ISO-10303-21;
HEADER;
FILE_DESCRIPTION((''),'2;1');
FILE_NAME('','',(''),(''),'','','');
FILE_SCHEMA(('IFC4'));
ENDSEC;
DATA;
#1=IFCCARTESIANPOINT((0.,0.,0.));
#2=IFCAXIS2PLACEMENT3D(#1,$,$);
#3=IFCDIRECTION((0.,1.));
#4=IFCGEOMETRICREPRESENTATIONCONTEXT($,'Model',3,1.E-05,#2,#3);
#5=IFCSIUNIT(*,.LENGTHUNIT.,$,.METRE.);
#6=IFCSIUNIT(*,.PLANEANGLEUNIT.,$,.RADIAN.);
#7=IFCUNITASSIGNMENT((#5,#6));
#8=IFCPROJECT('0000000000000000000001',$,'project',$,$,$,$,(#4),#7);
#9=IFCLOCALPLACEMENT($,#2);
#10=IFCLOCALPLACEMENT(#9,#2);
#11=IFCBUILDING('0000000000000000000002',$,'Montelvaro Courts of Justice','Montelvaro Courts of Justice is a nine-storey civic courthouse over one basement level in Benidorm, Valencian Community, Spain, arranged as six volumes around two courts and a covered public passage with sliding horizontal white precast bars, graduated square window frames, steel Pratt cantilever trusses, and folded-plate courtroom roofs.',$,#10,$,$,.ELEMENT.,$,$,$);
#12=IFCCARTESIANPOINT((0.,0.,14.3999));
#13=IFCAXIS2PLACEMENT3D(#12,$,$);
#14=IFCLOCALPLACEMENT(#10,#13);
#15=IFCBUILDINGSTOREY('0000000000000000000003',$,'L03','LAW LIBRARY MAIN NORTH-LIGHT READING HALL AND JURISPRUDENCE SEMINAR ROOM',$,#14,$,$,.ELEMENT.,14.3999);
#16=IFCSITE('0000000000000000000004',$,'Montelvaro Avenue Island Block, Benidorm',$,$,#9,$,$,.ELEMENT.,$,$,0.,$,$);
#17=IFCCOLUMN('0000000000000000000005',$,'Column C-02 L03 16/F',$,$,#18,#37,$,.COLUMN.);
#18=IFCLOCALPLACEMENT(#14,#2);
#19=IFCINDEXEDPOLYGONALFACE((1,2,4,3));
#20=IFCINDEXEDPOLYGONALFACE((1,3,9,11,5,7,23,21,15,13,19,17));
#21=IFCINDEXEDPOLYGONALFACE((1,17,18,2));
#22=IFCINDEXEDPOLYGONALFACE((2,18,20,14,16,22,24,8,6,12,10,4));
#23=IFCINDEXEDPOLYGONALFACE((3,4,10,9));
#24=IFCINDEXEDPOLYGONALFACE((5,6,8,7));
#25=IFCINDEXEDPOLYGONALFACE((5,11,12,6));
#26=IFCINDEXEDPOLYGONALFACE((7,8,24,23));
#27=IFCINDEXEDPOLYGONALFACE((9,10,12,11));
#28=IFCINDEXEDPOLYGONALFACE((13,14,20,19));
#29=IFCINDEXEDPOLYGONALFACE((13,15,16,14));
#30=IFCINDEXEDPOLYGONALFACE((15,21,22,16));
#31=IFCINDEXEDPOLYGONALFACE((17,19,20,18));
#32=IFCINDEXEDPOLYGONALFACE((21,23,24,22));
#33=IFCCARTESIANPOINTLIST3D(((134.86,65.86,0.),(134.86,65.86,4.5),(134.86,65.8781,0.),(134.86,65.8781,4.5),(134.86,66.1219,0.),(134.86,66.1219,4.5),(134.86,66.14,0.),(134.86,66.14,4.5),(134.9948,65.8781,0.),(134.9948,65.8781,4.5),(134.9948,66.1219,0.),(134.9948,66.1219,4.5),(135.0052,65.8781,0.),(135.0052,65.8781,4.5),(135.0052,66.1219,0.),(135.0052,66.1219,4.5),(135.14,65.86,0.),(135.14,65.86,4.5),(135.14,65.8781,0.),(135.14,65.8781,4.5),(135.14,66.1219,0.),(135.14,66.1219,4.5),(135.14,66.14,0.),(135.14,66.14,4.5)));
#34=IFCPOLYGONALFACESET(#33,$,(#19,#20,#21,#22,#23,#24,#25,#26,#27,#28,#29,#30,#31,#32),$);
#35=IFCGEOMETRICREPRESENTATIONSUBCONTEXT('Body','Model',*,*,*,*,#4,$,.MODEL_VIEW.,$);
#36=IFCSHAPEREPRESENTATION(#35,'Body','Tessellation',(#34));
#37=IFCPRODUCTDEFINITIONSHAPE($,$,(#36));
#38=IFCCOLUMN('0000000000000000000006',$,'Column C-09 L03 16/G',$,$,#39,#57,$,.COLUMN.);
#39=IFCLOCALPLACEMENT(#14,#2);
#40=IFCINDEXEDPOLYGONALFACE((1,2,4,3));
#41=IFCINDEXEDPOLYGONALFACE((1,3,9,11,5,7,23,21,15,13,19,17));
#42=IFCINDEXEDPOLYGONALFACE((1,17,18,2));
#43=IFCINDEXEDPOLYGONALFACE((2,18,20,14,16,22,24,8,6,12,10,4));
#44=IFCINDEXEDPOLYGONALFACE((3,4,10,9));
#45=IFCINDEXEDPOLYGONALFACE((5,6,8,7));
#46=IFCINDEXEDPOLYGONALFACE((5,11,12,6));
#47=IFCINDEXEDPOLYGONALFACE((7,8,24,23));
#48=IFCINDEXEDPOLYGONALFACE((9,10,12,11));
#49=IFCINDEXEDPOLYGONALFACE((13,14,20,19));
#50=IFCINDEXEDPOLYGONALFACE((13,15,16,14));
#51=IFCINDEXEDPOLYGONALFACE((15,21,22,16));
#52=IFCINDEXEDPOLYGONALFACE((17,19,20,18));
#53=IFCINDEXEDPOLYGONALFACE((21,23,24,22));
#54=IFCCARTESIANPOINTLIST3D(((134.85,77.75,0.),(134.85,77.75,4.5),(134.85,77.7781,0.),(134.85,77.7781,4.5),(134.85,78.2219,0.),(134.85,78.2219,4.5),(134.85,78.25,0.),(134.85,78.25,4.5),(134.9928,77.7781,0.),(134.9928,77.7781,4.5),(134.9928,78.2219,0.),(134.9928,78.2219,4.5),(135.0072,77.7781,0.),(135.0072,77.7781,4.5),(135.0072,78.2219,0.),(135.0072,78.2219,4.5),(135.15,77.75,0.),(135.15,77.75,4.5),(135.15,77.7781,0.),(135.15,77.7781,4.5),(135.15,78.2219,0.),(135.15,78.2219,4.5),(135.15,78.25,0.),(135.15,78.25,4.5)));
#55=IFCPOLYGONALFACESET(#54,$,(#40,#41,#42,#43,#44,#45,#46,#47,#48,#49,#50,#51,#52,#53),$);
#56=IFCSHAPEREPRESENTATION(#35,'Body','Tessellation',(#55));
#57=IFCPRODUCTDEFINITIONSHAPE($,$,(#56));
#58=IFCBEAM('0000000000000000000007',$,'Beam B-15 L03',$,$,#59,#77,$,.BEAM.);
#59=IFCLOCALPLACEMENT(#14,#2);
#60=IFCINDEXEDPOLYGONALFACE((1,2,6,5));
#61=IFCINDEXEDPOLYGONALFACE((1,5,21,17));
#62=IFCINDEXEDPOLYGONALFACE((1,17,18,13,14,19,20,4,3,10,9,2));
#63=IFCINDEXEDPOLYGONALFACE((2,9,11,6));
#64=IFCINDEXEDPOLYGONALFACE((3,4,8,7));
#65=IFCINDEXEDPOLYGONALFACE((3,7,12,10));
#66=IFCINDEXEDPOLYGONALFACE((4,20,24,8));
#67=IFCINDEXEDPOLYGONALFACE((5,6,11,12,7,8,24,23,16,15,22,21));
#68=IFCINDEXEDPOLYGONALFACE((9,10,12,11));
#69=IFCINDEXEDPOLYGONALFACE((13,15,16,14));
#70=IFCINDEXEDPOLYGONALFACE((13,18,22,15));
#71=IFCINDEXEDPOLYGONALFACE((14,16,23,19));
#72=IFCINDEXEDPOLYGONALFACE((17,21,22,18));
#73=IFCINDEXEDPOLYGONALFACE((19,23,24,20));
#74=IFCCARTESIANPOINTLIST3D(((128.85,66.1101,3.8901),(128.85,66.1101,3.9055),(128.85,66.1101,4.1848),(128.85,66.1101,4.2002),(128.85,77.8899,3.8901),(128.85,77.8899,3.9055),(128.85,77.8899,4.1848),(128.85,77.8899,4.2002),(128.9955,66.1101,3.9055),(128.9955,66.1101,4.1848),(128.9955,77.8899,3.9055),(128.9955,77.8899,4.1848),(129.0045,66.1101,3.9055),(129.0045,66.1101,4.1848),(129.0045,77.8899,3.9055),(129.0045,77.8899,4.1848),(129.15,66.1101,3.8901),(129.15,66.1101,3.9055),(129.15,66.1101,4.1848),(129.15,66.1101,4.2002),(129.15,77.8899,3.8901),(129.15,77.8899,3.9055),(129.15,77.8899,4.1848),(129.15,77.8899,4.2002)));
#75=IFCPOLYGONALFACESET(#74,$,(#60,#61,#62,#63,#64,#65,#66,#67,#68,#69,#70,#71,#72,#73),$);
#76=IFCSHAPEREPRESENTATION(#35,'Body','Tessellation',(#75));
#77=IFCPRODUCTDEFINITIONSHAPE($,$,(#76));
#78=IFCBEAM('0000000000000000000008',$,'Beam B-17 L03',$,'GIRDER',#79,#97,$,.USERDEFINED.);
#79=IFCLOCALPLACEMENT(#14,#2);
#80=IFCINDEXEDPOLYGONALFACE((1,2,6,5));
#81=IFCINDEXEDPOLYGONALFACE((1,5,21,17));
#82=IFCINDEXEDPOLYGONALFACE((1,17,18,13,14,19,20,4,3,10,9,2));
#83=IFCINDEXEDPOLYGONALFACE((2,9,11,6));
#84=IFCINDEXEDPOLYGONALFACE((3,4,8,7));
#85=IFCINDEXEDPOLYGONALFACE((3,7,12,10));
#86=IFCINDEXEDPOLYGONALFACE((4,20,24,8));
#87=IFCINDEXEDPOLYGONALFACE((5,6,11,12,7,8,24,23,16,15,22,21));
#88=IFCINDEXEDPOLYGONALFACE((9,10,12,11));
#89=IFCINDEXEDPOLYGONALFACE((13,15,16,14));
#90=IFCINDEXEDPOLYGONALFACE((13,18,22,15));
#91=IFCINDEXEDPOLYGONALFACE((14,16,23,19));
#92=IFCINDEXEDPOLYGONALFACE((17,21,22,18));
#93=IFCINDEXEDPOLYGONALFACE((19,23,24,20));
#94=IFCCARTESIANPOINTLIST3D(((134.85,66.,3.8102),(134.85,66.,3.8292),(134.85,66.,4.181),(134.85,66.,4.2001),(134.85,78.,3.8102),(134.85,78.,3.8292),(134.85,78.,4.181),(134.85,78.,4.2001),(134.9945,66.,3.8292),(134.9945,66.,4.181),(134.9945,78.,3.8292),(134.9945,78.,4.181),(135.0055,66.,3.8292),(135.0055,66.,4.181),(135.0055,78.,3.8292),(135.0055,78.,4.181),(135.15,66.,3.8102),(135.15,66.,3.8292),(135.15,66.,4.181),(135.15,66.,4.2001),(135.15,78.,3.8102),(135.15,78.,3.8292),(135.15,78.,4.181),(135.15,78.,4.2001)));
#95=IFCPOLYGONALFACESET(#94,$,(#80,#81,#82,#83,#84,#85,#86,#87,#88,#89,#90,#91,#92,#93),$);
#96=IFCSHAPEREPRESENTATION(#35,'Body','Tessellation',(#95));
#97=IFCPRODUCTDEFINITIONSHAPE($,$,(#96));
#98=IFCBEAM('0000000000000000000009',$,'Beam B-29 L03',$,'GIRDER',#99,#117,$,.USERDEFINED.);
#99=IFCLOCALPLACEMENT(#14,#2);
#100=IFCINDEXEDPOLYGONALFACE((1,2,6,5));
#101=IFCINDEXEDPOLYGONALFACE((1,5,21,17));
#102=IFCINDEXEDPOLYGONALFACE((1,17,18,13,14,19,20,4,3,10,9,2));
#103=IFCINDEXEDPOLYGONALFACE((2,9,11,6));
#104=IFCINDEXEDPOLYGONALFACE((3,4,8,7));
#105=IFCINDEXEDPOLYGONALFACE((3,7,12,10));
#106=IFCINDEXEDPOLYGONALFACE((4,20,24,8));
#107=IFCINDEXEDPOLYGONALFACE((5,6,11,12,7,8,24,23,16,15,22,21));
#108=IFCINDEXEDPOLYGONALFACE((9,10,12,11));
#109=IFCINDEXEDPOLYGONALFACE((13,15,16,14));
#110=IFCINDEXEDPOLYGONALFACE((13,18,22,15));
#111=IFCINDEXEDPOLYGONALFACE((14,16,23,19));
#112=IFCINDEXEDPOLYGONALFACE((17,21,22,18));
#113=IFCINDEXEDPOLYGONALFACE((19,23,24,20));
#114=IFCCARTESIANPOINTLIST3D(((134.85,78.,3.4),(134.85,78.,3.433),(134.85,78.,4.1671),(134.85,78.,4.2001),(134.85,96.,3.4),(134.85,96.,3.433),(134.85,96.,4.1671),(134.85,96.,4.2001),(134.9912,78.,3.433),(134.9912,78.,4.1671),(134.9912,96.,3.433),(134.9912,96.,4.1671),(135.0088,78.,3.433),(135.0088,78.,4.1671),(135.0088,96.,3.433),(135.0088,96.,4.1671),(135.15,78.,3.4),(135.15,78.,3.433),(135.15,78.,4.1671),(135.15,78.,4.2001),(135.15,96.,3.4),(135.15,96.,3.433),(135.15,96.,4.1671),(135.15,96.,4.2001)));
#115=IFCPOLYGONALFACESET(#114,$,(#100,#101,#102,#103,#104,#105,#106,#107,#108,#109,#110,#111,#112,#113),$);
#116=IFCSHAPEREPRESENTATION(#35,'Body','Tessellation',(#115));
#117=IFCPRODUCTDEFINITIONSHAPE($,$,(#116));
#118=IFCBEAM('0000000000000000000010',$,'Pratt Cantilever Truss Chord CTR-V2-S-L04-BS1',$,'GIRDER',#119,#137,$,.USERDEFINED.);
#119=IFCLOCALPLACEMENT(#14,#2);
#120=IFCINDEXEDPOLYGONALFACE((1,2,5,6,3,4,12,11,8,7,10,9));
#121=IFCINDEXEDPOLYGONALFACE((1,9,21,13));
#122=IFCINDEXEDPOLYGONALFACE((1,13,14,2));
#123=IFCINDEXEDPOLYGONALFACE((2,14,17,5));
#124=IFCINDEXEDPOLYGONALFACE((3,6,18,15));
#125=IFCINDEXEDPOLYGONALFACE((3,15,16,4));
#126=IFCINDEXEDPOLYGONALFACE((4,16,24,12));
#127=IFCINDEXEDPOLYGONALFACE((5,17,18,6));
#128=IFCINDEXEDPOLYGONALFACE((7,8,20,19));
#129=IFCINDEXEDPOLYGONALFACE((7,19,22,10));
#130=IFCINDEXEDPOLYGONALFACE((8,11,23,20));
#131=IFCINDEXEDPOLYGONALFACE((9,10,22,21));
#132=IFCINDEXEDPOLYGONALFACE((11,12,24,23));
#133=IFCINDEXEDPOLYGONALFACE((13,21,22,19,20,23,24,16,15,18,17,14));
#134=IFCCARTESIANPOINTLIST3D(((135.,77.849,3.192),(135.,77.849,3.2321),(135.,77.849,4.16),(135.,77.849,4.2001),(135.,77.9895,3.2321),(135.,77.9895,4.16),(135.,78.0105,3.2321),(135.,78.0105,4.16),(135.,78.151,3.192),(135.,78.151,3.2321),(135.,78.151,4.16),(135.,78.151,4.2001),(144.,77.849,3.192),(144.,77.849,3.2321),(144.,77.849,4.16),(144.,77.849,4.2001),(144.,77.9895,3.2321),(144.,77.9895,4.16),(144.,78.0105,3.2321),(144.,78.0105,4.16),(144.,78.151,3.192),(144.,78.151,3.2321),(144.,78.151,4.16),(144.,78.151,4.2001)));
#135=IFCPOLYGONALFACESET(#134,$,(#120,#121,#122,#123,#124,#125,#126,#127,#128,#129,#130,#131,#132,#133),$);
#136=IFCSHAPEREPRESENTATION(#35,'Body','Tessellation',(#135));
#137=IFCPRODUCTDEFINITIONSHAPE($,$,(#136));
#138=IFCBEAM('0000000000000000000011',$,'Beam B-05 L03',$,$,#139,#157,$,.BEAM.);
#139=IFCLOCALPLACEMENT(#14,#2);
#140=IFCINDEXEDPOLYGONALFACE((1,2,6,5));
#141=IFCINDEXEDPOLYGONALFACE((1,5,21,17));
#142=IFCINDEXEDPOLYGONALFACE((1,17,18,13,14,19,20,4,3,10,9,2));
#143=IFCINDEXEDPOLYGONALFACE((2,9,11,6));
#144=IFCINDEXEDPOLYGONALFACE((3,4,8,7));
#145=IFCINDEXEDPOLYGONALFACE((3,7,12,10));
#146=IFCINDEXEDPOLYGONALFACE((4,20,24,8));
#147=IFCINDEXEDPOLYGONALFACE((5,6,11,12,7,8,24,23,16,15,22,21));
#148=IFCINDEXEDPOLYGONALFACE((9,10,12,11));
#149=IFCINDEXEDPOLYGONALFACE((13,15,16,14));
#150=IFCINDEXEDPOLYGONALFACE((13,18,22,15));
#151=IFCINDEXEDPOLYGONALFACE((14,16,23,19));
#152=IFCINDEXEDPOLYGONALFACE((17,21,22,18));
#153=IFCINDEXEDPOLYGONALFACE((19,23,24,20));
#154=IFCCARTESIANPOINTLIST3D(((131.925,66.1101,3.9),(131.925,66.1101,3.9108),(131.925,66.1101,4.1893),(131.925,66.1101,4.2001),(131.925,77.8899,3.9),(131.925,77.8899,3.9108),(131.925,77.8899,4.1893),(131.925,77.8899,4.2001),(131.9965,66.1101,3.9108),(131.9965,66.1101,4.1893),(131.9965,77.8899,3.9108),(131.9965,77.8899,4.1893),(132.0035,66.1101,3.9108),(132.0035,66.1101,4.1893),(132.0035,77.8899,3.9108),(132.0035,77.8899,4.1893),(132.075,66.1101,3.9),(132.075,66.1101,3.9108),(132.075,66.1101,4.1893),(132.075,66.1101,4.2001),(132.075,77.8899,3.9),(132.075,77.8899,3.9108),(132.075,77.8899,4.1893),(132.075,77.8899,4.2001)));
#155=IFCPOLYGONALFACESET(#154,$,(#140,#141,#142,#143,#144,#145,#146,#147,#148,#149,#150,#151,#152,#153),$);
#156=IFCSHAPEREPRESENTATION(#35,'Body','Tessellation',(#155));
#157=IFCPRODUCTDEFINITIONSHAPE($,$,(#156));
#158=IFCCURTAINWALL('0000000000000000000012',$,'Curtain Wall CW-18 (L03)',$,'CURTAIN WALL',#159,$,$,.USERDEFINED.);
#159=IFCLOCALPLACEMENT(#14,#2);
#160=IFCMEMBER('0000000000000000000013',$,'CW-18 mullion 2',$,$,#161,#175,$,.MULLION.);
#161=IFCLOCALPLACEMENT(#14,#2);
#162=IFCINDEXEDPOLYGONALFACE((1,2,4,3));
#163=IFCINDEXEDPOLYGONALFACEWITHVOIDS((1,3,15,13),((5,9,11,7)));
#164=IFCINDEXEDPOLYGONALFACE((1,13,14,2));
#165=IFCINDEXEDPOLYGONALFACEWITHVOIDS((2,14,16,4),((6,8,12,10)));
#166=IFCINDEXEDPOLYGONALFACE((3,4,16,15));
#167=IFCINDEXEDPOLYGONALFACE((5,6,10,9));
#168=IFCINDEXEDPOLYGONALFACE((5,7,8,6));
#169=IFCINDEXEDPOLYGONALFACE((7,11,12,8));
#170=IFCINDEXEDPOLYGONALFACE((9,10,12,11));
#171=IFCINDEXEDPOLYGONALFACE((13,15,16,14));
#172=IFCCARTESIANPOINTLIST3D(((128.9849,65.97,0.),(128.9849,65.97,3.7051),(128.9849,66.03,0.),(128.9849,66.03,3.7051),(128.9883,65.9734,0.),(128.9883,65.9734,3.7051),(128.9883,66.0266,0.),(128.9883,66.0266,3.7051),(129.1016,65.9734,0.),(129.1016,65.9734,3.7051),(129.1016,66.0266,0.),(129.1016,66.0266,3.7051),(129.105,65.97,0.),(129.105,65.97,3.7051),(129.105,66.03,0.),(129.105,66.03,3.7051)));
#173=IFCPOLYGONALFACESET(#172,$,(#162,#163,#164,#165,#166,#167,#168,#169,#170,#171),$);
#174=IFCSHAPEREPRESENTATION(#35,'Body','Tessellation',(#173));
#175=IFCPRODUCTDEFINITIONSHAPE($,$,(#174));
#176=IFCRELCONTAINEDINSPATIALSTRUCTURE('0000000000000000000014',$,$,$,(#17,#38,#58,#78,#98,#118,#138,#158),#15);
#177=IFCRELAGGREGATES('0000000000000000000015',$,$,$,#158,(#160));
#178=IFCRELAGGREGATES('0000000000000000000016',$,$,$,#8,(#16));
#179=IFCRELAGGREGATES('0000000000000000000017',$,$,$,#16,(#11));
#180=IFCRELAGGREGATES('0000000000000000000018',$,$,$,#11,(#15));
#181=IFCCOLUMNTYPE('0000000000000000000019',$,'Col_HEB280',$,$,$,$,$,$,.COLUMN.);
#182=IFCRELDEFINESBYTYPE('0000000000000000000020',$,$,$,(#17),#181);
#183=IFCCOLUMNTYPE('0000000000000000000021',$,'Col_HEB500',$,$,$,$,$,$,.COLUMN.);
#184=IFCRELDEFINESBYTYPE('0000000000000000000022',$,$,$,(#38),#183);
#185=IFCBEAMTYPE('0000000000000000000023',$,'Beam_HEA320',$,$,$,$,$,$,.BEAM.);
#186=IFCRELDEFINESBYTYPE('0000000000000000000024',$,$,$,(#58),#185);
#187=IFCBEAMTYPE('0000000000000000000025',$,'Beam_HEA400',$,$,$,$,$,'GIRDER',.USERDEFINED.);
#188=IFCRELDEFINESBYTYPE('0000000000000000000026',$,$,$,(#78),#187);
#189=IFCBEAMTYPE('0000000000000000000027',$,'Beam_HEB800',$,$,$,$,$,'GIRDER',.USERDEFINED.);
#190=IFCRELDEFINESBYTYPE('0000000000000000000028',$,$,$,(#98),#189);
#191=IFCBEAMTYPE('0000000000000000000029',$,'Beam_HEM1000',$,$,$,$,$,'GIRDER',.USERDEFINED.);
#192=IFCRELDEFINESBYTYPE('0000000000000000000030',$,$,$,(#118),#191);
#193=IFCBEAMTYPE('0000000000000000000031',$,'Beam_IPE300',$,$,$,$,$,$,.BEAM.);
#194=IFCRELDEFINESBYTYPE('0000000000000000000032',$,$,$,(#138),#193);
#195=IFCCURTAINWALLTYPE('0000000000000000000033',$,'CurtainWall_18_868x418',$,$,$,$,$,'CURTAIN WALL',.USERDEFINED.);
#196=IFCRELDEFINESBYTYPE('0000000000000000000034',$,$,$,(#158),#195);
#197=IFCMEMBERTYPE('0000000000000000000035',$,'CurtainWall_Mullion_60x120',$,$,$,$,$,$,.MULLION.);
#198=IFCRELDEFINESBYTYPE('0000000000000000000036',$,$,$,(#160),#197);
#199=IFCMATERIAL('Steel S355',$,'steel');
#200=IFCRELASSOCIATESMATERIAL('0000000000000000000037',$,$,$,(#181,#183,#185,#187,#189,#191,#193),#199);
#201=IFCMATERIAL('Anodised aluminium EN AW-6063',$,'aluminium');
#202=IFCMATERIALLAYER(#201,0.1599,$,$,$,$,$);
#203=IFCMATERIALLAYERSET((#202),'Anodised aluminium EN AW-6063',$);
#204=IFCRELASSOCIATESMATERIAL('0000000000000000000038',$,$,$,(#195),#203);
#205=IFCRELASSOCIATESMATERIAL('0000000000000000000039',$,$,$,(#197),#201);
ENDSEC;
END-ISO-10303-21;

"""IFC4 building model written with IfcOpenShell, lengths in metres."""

from ifc_helpers import new_model, si_unit, direction, frame, origin, origin_2d, place, context, subcontext, project, spatial, hollow_rectangle, i_section, extrude, material, layer, layer_set, material_profile, profile_set, type_object, element, aggregate, save


model = new_model("IFC4")

# Units and contexts
model_context = context("Model", 3, precision=1e-05, world=origin(), true_north=direction((0.0, 1.0)))
body_context = subcontext(model_context, "Body", "Model", "MODEL_VIEW")
ifc_project = project(units=[si_unit("LENGTHUNIT", "METRE"), si_unit("PLANEANGLEUNIT", "RADIAN")], contexts=[model_context])

# Site, building, storey
site_placement = place(None, origin())
site = spatial("IfcSite", under=ifc_project, at=site_placement, Name="Montelvaro Avenue Island Block, Benidorm", CompositionType="ELEMENT", RefElevation=0.0)
building_placement = place(site_placement, origin())
building = spatial("IfcBuilding", under=site, at=building_placement, Name="Montelvaro Courts of Justice", Description="Montelvaro Courts of Justice is a nine-storey civic courthouse over one basement level in Benidorm, Valencian Community, Spain, arranged as six volumes around two courts and a covered public passage with sliding horizontal white precast bars, graduated square window frames, steel Pratt cantilever trusses, and folded-plate courtroom roofs.", CompositionType="ELEMENT")
storey_placement = place(building_placement, frame((0.0, 0.0, 14.3999)))
storey = spatial("IfcBuildingStorey", under=building, at=storey_placement, Name="L03", Description="LAW LIBRARY MAIN NORTH-LIGHT READING HALL AND JURISPRUDENCE SEMINAR ROOM", CompositionType="ELEMENT", Elevation=14.3999)

# Columns
ifc_material_1 = material(Name="Steel S355", Category="steel")
ifc_material_profile_1 = material_profile(ifc_material_1, i_section(OverallWidth=0.28, OverallDepth=0.28, WebThickness=0.0105, FlangeThickness=0.0181, at=origin_2d()), Name="HEB 280")
ifc_profile_set_1 = profile_set([ifc_material_profile_1], Name="Steel S355")
column_type_1 = type_object("IfcColumnType", Name="Col_HEB280", PredefinedType="COLUMN", material=ifc_profile_set_1)
column_1_placement = place(storey_placement, frame((135.0, 66.0, 0.0), z_axis=(0.0, 0.0, 1.0), x_axis=(1.0, 0.0, 0.0)))
element("IfcColumn", 1, at=column_1_placement, inside=storey, type_object=column_type_1, Name="Column C-02 L03 16/F", PredefinedType="COLUMN", context=body_context, shape_type="SweptSolid", body=[
    extrude(i_section(OverallWidth=0.28, OverallDepth=0.28, WebThickness=0.0105, FlangeThickness=0.0181, at=origin_2d()), origin(), (0.0, 0.0, 1.0), 4.5),
])
ifc_material_profile_2 = material_profile(ifc_material_1, i_section(OverallWidth=0.3, OverallDepth=0.5, WebThickness=0.0144, FlangeThickness=0.0281, at=origin_2d()), Name="HEB 500")
ifc_profile_set_2 = profile_set([ifc_material_profile_2], Name="Steel S355")
column_type_2 = type_object("IfcColumnType", Name="Col_HEB500", PredefinedType="COLUMN", material=ifc_profile_set_2)
column_2_placement = place(storey_placement, frame((135.0, 78.0, 0.0), z_axis=(0.0, 0.0, 1.0), x_axis=(1.0, 0.0, 0.0)))
element("IfcColumn", 2, at=column_2_placement, inside=storey, type_object=column_type_2, Name="Column C-09 L03 16/G", PredefinedType="COLUMN", context=body_context, shape_type="SweptSolid", body=[
    extrude(i_section(OverallWidth=0.3, OverallDepth=0.5, WebThickness=0.0144, FlangeThickness=0.0281, at=origin_2d()), origin(), (0.0, 0.0, 1.0), 4.5),
])

# Beams
ifc_material_profile_3 = material_profile(ifc_material_1, i_section(OverallWidth=0.3, OverallDepth=0.3101, WebThickness=0.009, FlangeThickness=0.0154, at=origin_2d()), Name="HEA 320")
ifc_profile_set_3 = profile_set([ifc_material_profile_3], Name="Steel S355")
beam_type_1 = type_object("IfcBeamType", Name="Beam_HEA320", PredefinedType="BEAM", material=ifc_profile_set_3)
beam_1_placement = place(storey_placement, frame((129.0, 66.1101, 4.0452), z_axis=(0.0, 1.0, 0.0), x_axis=(-1.0, 0.0, 0.0)))
element("IfcBeam", 3, at=beam_1_placement, inside=storey, type_object=beam_type_1, Name="Beam B-15 L03", PredefinedType="BEAM", context=body_context, shape_type="SweptSolid", body=[
    extrude(i_section(OverallWidth=0.3, OverallDepth=0.3101, WebThickness=0.009, FlangeThickness=0.0154, at=origin_2d()), origin(), (0.0, 0.0, 1.0), 11.7798),
])
ifc_material_profile_4 = material_profile(ifc_material_1, i_section(OverallWidth=0.3, OverallDepth=0.3899, WebThickness=0.011, FlangeThickness=0.019, at=origin_2d()), Name="HEA 400")
ifc_profile_set_4 = profile_set([ifc_material_profile_4], Name="Steel S355")
beam_type_2 = type_object("IfcBeamType", Name="Beam_HEA400", ElementType="GIRDER", PredefinedType="USERDEFINED", material=ifc_profile_set_4)
beam_2_placement = place(storey_placement, frame((135.0, 66.0, 4.0051), z_axis=(0.0, 1.0, 0.0), x_axis=(-1.0, 0.0, 0.0)))
element("IfcBeam", 4, at=beam_2_placement, inside=storey, type_object=beam_type_2, Name="Beam B-17 L03", ObjectType="GIRDER", PredefinedType="USERDEFINED", context=body_context, shape_type="SweptSolid", body=[
    extrude(i_section(OverallWidth=0.3, OverallDepth=0.3899, WebThickness=0.011, FlangeThickness=0.019, at=origin_2d()), origin(), (0.0, 0.0, 1.0), 12.0),
])
ifc_material_profile_5 = material_profile(ifc_material_1, i_section(OverallWidth=0.3, OverallDepth=0.8, WebThickness=0.0176, FlangeThickness=0.033, at=origin_2d()), Name="HEB 800")
ifc_profile_set_5 = profile_set([ifc_material_profile_5], Name="Steel S355")
beam_type_3 = type_object("IfcBeamType", Name="Beam_HEB800", ElementType="GIRDER", PredefinedType="USERDEFINED", material=ifc_profile_set_5)
beam_3_placement = place(storey_placement, frame((135.0, 78.0, 3.8), z_axis=(0.0, 1.0, 0.0), x_axis=(-1.0, 0.0, 0.0)))
element("IfcBeam", 5, at=beam_3_placement, inside=storey, type_object=beam_type_3, Name="Beam B-29 L03", ObjectType="GIRDER", PredefinedType="USERDEFINED", context=body_context, shape_type="SweptSolid", body=[
    extrude(i_section(OverallWidth=0.3, OverallDepth=0.8, WebThickness=0.0176, FlangeThickness=0.033, at=origin_2d()), origin(), (0.0, 0.0, 1.0), 18.0),
])
ifc_material_profile_6 = material_profile(ifc_material_1, i_section(OverallWidth=0.302, OverallDepth=1.0081, WebThickness=0.021, FlangeThickness=0.04, at=origin_2d()), Name="HEM 1000")
ifc_profile_set_6 = profile_set([ifc_material_profile_6], Name="Steel S355")
beam_type_4 = type_object("IfcBeamType", Name="Beam_HEM1000", ElementType="GIRDER", PredefinedType="USERDEFINED", material=ifc_profile_set_6)
beam_4_placement = place(storey_placement, frame((135.0, 78.0, 3.696), z_axis=(1.0, 0.0, 0.0), x_axis=(0.0, 1.0, 0.0)))
element("IfcBeam", 6, at=beam_4_placement, inside=storey, type_object=beam_type_4, Name="Pratt Cantilever Truss Chord CTR-V2-S-L04-BS1", ObjectType="GIRDER", PredefinedType="USERDEFINED", context=body_context, shape_type="SweptSolid", body=[
    extrude(i_section(OverallWidth=0.302, OverallDepth=1.0081, WebThickness=0.021, FlangeThickness=0.04, at=origin_2d()), origin(), (0.0, 0.0, 1.0), 9.0),
])
ifc_material_profile_7 = material_profile(ifc_material_1, i_section(OverallWidth=0.1499, OverallDepth=0.3, WebThickness=0.0071, FlangeThickness=0.0107, at=origin_2d()), Name="IPE 300")
ifc_profile_set_7 = profile_set([ifc_material_profile_7], Name="Steel S355")
beam_type_5 = type_object("IfcBeamType", Name="Beam_IPE300", PredefinedType="BEAM", material=ifc_profile_set_7)
beam_5_placement = place(storey_placement, frame((132.0, 66.1101, 4.05), z_axis=(0.0, 1.0, 0.0), x_axis=(-1.0, 0.0, 0.0)))
element("IfcBeam", 7, at=beam_5_placement, inside=storey, type_object=beam_type_5, Name="Beam B-05 L03", PredefinedType="BEAM", context=body_context, shape_type="SweptSolid", body=[
    extrude(i_section(OverallWidth=0.1499, OverallDepth=0.3, WebThickness=0.0071, FlangeThickness=0.0107, at=origin_2d()), origin(), (0.0, 0.0, 1.0), 11.7798),
])

# Curtain wall, member
ifc_material_2 = material(Name="Anodised aluminium EN AW-6063", Category="aluminium")
ifc_layer_1 = layer(ifc_material_2, 0.1599)
ifc_layer_set_1 = layer_set([ifc_layer_1], Name="Anodised aluminium EN AW-6063")
curtain_wall_type_1 = type_object("IfcCurtainWallType", Name="CurtainWall_18_868x418", ElementType="CURTAIN WALL", PredefinedType="USERDEFINED", material=ifc_layer_set_1)
curtain_wall_1_placement = place(storey_placement, origin())
curtain_wall_1 = element("IfcCurtainWall", 8, at=curtain_wall_1_placement, inside=storey, type_object=curtain_wall_type_1, Name="Curtain Wall CW-18 (L03)", ObjectType="CURTAIN WALL", PredefinedType="USERDEFINED")
ifc_material_profile_8 = material_profile(ifc_material_2, hollow_rectangle(XDim=0.0601, YDim=0.1201, WallThickness=0.0034, at=origin_2d()), Name="ALU-M 60x120")
ifc_profile_set_8 = profile_set([ifc_material_profile_8], Name="Anodised aluminium EN AW-6063")
member_type_1 = type_object("IfcMemberType", Name="CurtainWall_Mullion_60x120", PredefinedType="MULLION", material=ifc_profile_set_8)
member_1_placement = place(storey_placement, frame((129.0449, 66.0, 0.0), z_axis=(0.0, 0.0, 1.0), x_axis=(0.0, 1.0, 0.0)))
member_1 = element("IfcMember", 9, at=member_1_placement, type_object=member_type_1, Name="CW-18 mullion 2", PredefinedType="MULLION", context=body_context, shape_type="SweptSolid", body=[
    extrude(hollow_rectangle(XDim=0.0601, YDim=0.1201, WallThickness=0.0034, at=origin_2d()), origin(), (0.0, 0.0, 1.0), 3.7051),
])

aggregate(curtain_wall_1, [member_1])

save(model, "model.ifc")
